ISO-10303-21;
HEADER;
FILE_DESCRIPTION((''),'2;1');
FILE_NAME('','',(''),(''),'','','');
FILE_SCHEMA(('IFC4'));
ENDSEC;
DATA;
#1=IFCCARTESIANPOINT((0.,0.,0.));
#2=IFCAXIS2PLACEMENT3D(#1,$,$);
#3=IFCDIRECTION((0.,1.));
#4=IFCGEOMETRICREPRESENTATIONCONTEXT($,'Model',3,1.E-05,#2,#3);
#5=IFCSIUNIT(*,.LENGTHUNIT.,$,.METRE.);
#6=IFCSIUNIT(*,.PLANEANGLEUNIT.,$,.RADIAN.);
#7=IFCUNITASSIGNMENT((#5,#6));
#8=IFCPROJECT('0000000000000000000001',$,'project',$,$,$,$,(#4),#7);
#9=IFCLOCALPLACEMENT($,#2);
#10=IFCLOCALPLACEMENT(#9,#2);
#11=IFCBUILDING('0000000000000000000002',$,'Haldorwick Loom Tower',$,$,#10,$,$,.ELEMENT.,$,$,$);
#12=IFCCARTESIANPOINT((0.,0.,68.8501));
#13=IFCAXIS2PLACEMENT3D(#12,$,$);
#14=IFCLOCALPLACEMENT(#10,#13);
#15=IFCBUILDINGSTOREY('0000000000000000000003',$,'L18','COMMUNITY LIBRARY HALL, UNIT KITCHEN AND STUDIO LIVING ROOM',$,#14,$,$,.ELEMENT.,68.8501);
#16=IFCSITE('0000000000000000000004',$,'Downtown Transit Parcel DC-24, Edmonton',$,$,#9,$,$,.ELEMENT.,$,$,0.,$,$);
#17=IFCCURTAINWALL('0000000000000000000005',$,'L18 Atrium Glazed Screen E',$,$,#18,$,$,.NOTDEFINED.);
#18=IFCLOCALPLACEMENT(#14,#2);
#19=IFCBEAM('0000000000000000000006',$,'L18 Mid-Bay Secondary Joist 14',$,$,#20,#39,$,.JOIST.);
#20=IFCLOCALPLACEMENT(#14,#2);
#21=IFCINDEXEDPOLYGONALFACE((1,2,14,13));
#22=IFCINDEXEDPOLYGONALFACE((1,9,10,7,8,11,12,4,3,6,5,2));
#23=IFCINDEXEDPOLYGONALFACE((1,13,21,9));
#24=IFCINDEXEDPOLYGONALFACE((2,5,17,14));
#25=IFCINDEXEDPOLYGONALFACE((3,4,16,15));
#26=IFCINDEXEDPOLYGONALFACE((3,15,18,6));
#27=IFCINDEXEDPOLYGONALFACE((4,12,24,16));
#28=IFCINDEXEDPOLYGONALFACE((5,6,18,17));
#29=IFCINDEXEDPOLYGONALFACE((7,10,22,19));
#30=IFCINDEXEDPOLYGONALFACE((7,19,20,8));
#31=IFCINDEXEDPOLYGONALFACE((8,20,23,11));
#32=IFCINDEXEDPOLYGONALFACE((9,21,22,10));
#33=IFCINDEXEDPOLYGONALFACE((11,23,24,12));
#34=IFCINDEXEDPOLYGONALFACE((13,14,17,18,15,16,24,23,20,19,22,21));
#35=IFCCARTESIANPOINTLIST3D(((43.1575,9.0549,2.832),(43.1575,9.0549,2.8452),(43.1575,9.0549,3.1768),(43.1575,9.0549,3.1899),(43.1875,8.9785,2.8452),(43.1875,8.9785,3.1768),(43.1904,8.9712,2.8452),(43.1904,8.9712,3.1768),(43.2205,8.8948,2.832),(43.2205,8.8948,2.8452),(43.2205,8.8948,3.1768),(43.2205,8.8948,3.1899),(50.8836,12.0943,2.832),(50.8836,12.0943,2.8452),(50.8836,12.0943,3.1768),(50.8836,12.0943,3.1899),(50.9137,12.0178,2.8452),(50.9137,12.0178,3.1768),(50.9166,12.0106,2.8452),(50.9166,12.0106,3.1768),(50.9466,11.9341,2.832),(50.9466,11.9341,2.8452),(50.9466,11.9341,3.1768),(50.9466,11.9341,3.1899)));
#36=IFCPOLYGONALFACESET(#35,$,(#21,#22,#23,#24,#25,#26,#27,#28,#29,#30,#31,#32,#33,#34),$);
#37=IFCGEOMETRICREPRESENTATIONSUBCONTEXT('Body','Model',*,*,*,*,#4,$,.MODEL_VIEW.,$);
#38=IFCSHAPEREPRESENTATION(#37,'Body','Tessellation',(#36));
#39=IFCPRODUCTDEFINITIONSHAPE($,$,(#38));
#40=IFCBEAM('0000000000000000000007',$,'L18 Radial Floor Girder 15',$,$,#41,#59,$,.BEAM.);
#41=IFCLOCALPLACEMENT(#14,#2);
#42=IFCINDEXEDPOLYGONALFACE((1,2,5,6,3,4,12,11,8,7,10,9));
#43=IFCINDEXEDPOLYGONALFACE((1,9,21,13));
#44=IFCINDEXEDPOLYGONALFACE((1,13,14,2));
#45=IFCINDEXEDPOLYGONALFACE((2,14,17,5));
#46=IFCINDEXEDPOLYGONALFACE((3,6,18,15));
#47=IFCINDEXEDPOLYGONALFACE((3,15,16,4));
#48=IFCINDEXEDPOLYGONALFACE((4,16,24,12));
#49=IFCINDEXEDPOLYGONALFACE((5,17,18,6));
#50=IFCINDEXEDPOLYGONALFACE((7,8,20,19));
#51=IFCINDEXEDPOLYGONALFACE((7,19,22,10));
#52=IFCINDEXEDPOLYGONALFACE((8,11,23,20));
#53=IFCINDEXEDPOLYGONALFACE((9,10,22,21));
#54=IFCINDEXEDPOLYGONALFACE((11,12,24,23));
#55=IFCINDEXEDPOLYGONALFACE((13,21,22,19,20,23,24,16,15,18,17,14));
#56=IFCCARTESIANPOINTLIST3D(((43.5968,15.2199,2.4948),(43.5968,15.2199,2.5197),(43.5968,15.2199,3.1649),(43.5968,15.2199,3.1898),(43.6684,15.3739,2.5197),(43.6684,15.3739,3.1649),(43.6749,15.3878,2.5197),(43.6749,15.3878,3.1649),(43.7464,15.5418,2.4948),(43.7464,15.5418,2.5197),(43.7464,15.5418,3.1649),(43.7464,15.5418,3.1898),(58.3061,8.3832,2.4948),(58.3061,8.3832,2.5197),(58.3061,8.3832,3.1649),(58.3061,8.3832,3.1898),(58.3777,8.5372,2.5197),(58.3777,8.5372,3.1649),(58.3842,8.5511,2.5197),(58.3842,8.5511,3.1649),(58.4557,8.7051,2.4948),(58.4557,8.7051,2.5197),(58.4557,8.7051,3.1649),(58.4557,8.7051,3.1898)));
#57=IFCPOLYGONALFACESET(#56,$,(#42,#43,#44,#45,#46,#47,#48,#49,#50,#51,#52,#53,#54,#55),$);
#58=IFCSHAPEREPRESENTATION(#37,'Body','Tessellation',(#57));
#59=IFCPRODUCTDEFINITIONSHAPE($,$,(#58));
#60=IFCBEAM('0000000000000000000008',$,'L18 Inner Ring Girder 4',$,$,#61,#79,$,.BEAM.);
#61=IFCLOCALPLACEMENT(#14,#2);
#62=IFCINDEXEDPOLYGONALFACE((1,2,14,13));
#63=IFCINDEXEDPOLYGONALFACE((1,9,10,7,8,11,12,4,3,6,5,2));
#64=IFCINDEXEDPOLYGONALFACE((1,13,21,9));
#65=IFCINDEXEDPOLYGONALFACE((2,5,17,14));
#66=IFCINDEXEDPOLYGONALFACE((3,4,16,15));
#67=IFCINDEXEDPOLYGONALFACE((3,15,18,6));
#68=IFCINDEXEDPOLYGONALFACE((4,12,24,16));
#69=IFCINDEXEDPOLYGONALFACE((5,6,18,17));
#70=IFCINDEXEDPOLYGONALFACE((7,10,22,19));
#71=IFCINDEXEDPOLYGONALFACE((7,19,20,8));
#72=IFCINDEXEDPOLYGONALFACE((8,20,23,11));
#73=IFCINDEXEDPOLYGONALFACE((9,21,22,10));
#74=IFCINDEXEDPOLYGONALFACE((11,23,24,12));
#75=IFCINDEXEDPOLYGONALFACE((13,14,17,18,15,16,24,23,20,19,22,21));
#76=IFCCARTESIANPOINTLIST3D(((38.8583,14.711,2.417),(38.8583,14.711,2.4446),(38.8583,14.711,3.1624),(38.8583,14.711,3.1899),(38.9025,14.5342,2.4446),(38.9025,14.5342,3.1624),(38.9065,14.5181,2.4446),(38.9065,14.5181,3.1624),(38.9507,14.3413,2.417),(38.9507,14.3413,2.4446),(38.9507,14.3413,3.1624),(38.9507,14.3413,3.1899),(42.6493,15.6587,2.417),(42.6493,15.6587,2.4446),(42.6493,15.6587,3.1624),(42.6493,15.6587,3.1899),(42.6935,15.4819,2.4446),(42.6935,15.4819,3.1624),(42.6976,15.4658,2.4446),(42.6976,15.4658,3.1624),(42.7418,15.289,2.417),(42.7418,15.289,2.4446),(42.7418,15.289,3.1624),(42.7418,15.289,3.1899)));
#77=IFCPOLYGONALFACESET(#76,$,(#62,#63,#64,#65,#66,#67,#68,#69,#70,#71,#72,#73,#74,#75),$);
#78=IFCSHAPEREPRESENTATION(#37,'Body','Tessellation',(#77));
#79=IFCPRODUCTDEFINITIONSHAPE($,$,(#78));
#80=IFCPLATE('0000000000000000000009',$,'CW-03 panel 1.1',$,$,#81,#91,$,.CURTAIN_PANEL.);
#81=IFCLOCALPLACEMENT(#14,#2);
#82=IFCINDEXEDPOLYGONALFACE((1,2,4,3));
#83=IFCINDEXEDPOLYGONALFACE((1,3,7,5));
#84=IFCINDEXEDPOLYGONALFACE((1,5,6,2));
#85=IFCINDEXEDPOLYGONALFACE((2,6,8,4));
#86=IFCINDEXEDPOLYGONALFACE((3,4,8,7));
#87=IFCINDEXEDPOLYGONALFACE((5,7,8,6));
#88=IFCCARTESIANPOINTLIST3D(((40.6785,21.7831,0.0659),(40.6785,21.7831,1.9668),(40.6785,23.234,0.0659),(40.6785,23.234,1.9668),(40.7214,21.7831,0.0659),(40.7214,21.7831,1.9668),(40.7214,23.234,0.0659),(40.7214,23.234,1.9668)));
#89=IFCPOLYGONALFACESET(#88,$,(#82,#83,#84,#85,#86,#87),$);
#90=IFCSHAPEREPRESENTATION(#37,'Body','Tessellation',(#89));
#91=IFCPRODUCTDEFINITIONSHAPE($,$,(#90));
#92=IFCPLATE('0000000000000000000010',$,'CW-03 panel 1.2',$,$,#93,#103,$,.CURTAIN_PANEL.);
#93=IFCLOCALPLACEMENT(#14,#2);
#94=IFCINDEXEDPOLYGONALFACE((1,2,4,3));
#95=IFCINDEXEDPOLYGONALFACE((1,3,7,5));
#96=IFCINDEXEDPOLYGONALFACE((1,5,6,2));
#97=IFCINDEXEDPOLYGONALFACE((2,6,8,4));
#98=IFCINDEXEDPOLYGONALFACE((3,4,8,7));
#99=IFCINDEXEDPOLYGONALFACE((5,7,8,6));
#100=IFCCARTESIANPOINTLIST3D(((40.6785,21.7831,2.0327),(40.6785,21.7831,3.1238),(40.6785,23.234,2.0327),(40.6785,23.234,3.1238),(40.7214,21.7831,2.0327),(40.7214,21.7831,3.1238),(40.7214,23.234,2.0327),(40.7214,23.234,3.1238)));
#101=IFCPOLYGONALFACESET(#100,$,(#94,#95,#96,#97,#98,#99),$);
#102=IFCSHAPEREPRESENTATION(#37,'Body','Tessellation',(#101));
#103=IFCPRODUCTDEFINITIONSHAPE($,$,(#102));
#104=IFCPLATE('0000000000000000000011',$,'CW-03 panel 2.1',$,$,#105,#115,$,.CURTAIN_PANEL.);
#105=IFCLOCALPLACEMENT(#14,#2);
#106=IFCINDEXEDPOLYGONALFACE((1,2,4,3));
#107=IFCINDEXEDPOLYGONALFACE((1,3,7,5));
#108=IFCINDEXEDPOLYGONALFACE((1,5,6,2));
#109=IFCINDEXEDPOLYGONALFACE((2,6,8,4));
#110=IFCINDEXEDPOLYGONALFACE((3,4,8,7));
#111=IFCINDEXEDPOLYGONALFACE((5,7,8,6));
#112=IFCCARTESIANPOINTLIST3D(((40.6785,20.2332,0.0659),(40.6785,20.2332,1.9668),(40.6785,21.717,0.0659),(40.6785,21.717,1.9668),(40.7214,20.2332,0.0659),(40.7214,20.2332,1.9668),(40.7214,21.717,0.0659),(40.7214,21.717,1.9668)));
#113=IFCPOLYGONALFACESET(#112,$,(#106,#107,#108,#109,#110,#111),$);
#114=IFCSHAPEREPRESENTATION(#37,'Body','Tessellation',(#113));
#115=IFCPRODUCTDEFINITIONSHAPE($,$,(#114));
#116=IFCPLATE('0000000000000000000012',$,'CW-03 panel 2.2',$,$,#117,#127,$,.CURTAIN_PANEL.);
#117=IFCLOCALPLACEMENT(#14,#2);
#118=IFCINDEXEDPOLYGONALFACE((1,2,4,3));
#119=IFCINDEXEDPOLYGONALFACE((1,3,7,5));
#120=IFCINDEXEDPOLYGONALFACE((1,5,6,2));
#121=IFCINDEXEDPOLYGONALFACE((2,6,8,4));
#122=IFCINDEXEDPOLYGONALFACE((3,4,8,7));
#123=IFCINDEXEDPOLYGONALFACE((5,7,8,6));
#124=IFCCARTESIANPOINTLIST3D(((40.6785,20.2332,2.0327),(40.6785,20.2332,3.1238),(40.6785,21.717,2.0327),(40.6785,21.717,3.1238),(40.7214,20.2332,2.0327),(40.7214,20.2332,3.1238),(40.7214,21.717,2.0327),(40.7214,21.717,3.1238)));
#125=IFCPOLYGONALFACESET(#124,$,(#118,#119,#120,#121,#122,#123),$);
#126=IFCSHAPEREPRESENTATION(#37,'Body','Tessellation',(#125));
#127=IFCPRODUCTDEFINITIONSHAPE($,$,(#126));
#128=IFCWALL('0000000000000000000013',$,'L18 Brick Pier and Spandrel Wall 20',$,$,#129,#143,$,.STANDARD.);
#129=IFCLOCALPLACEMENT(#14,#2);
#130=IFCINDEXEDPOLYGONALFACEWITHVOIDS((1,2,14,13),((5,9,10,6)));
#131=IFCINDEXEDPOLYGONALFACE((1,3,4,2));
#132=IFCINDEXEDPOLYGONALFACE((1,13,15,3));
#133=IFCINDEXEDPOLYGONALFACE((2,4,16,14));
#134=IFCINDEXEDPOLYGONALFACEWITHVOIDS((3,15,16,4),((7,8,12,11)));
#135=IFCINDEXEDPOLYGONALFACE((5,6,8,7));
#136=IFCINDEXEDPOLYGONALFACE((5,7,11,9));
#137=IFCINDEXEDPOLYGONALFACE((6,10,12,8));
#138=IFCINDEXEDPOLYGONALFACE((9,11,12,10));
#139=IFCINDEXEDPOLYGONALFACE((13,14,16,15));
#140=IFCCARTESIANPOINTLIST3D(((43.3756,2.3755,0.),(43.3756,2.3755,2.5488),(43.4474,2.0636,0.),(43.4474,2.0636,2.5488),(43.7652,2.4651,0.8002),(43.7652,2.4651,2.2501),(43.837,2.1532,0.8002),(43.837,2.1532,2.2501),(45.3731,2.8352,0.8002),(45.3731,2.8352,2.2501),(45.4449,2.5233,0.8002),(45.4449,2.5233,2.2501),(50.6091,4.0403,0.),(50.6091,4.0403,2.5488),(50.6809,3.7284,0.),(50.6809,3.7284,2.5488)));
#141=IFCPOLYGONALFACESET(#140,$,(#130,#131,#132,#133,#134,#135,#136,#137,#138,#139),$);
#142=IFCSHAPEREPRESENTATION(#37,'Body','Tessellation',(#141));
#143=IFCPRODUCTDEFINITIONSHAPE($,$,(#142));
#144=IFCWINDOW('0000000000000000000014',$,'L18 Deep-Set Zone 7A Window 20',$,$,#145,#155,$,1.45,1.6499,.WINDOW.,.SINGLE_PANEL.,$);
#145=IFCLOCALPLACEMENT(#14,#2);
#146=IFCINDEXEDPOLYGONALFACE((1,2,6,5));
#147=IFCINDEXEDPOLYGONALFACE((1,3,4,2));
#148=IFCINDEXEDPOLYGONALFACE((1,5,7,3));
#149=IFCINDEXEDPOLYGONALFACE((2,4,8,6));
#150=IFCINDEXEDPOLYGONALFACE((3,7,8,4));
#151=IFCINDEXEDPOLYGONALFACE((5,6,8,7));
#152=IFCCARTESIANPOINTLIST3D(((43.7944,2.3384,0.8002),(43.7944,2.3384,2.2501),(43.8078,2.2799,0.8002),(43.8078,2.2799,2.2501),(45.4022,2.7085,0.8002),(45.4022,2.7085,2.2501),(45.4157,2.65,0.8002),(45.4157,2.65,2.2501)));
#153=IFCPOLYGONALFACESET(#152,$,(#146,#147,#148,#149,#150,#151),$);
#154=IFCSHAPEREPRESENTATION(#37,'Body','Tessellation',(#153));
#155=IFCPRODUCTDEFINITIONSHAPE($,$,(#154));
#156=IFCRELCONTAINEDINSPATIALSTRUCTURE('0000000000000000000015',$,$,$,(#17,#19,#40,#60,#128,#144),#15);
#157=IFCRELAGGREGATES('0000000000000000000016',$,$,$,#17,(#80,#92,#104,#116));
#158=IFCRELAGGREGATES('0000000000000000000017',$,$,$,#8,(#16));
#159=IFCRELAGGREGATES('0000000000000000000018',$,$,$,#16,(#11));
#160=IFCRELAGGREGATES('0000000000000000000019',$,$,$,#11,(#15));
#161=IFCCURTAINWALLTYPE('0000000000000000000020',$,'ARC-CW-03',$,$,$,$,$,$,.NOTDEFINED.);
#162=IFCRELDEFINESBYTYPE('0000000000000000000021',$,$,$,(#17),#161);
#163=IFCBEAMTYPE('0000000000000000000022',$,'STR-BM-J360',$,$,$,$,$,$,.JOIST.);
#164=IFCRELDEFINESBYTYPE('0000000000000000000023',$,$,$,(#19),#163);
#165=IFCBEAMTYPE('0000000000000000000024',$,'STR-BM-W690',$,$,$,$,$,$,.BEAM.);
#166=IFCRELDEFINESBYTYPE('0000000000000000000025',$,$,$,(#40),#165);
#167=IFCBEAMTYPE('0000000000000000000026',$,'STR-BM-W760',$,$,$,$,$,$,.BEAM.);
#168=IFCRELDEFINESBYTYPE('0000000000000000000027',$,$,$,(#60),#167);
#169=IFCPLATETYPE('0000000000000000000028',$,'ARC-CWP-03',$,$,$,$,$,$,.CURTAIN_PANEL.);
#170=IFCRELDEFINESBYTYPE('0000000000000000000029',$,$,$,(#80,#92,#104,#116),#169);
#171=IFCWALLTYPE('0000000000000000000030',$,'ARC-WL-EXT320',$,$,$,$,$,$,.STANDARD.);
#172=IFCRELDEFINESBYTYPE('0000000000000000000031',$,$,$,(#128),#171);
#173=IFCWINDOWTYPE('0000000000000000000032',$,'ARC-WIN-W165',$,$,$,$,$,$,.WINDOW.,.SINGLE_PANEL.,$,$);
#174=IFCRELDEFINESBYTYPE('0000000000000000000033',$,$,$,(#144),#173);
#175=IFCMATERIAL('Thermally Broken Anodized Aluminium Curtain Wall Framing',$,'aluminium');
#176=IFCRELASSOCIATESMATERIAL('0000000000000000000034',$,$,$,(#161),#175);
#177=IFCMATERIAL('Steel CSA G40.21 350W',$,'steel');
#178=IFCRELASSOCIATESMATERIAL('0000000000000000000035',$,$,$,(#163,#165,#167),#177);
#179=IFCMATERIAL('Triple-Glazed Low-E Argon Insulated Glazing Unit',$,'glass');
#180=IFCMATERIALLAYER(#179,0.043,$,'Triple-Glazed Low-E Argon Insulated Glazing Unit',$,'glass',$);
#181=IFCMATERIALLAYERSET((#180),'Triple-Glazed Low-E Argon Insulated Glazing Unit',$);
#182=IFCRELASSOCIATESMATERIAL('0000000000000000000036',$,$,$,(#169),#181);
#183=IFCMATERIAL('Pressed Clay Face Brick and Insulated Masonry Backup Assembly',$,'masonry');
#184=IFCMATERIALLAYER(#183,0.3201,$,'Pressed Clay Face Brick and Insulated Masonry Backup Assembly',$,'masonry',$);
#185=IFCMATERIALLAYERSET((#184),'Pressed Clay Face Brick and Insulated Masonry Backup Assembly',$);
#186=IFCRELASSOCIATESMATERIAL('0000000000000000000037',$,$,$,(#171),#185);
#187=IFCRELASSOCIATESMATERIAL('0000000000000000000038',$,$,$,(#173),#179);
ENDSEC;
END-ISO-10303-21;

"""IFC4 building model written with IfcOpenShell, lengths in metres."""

from ifc_helpers import new_model, si_unit, direction, frame, frame_2d, origin, origin_2d, place, context, subcontext, project, spatial, rectangle, i_section, extrude, material, layer, layer_set, material_profile, profile_set, type_object, element, fill, aggregate, save


model = new_model("IFC4")

# Units and contexts
model_context = context("Model", 3, precision=1e-05, world=origin(), true_north=direction((0.0, 1.0)))
body_context = subcontext(model_context, "Body", "Model", "MODEL_VIEW")
ifc_project = project(units=[si_unit("LENGTHUNIT", "METRE"), si_unit("PLANEANGLEUNIT", "RADIAN")], contexts=[model_context])

# Site, building, storey
site_placement = place(None, origin())
site = spatial("IfcSite", under=ifc_project, at=site_placement, Name="Downtown Transit Parcel DC-24, Edmonton", CompositionType="ELEMENT", RefElevation=0.0)
building_placement = place(site_placement, origin())
building = spatial("IfcBuilding", under=site, at=building_placement, Name="Haldorwick Loom Tower", CompositionType="ELEMENT")
storey_placement = place(building_placement, frame((0.0, 0.0, 68.8501)))
storey = spatial("IfcBuildingStorey", under=building, at=storey_placement, Name="L18", Description="COMMUNITY LIBRARY HALL, UNIT KITCHEN AND STUDIO LIVING ROOM", CompositionType="ELEMENT", Elevation=68.8501)

# Curtain wall
ifc_material_1 = material(Name="Thermally Broken Anodized Aluminium Curtain Wall Framing", Category="aluminium")
curtain_wall_type = type_object("IfcCurtainWallType", Name="ARC-CW-03", PredefinedType="NOTDEFINED", material=ifc_material_1)
curtain_wall_placement = place(storey_placement, origin())
curtain_wall = element("IfcCurtainWall", 1, at=curtain_wall_placement, inside=storey, type_object=curtain_wall_type, Name="L18 Atrium Glazed Screen E", PredefinedType="NOTDEFINED")

# Beams
ifc_material_2 = material(Name="Steel CSA G40.21 350W", Category="steel")
ifc_material_profile_1 = material_profile(ifc_material_2, i_section(OverallWidth=0.1721, OverallDepth=0.3579, WebThickness=0.0078, FlangeThickness=0.0132, at=origin_2d()), Name="W360X57", Category="steel")
ifc_profile_set_1 = profile_set([ifc_material_profile_1], Name="Steel CSA G40.21 350W")
beam_type_1 = type_object("IfcBeamType", Name="STR-BM-J360", PredefinedType="JOIST", material=ifc_profile_set_1)
beam_1_placement = place(storey_placement, frame((43.189, 8.9749, 3.011), z_axis=(0.930585, 0.366076, 0.0), x_axis=(-0.366076, 0.930585, 0.0)))
element("IfcBeam", 2, at=beam_1_placement, inside=storey, type_object=beam_type_1, Name="L18 Mid-Bay Secondary Joist 14", PredefinedType="JOIST", context=body_context, shape_type="SweptSolid", body=[
    extrude(i_section(OverallWidth=0.1721, OverallDepth=0.3579, WebThickness=0.0078, FlangeThickness=0.0132, at=origin_2d()), origin(), (0.0, 0.0, 1.0), 8.3025),
])
ifc_material_profile_2 = material_profile(ifc_material_2, i_section(OverallWidth=0.355, OverallDepth=0.6951, WebThickness=0.0154, FlangeThickness=0.0249, at=origin_2d()), Name="W690X217", Category="steel")
ifc_profile_set_2 = profile_set([ifc_material_profile_2], Name="Steel CSA G40.21 350W")
beam_type_2 = type_object("IfcBeamType", Name="STR-BM-W690", PredefinedType="BEAM", material=ifc_profile_set_2)
beam_2_placement = place(storey_placement, frame((43.6716, 15.3809, 2.8423), z_axis=(0.906835, -0.421486, 0.0), x_axis=(0.421486, 0.906835, 0.0)))
element("IfcBeam", 3, at=beam_2_placement, inside=storey, type_object=beam_type_2, Name="L18 Radial Floor Girder 15", PredefinedType="BEAM", context=body_context, shape_type="SweptSolid", body=[
    extrude(i_section(OverallWidth=0.355, OverallDepth=0.6951, WebThickness=0.0154, FlangeThickness=0.0249, at=origin_2d()), origin(), (0.0, 0.0, 1.0), 16.2205),
])
ifc_material_profile_3 = material_profile(ifc_material_2, i_section(OverallWidth=0.3811, OverallDepth=0.7729, WebThickness=0.0166, FlangeThickness=0.0276, at=origin_2d()), Name="W760X257", Category="steel")
ifc_profile_set_3 = profile_set([ifc_material_profile_3], Name="Steel CSA G40.21 350W")
beam_type_3 = type_object("IfcBeamType", Name="STR-BM-W760", PredefinedType="BEAM", material=ifc_profile_set_3)
beam_3_placement = place(storey_placement, frame((42.6956, 15.4739, 2.8035), z_axis=(-0.970143, -0.242536, 0.0), x_axis=(0.242536, -0.970143, 0.0)))
element("IfcBeam", 4, at=beam_3_placement, inside=storey, type_object=beam_type_3, Name="L18 Inner Ring Girder 4", PredefinedType="BEAM", context=body_context, shape_type="SweptSolid", body=[
    extrude(i_section(OverallWidth=0.3811, OverallDepth=0.7729, WebThickness=0.0166, FlangeThickness=0.0276, at=origin_2d()), origin(), (0.0, 0.0, 1.0), 3.9077),
])

# Plates
ifc_material_3 = material(Name="Triple-Glazed Low-E Argon Insulated Glazing Unit", Category="glass")
ifc_layer_1 = layer(ifc_material_3, 0.043, Name="Triple-Glazed Low-E Argon Insulated Glazing Unit", Category="glass")
ifc_layer_set_1 = layer_set([ifc_layer_1], Name="Triple-Glazed Low-E Argon Insulated Glazing Unit")
plate_type = type_object("IfcPlateType", Name="ARC-CWP-03", PredefinedType="CURTAIN_PANEL", material=ifc_layer_set_1)
plate_1_placement = place(storey_placement, frame((40.7, 22.5085, 0.0659), z_axis=(0.0, 0.0, 1.0), x_axis=(0.0, -1.0, 0.0)))
plate_1 = element("IfcPlate", 5, at=plate_1_placement, type_object=plate_type, Name="CW-03 panel 1.1", PredefinedType="CURTAIN_PANEL", context=body_context, shape_type="SweptSolid", body=[
    extrude(rectangle(XDim=1.4509, YDim=0.043, at=origin_2d()), origin(), (0.0, 0.0, 1.0), 1.9009),
])
plate_2_placement = place(storey_placement, frame((40.7, 22.5085, 2.0327), z_axis=(0.0, 0.0, 1.0), x_axis=(0.0, -1.0, 0.0)))
plate_2 = element("IfcPlate", 6, at=plate_2_placement, type_object=plate_type, Name="CW-03 panel 1.2", PredefinedType="CURTAIN_PANEL", context=body_context, shape_type="SweptSolid", body=[
    extrude(rectangle(XDim=1.4509, YDim=0.043, at=origin_2d()), origin(), (0.0, 0.0, 1.0), 1.0911),
])
plate_3_placement = place(storey_placement, frame((40.7, 20.9751, 0.0659), z_axis=(0.0, 0.0, 1.0), x_axis=(0.0, -1.0, 0.0)))
plate_3 = element("IfcPlate", 7, at=plate_3_placement, type_object=plate_type, Name="CW-03 panel 2.1", PredefinedType="CURTAIN_PANEL", context=body_context, shape_type="SweptSolid", body=[
    extrude(rectangle(XDim=1.4839, YDim=0.043, at=origin_2d()), origin(), (0.0, 0.0, 1.0), 1.9009),
])
plate_4_placement = place(storey_placement, frame((40.7, 20.9751, 2.0327), z_axis=(0.0, 0.0, 1.0), x_axis=(0.0, -1.0, 0.0)))
plate_4 = element("IfcPlate", 8, at=plate_4_placement, type_object=plate_type, Name="CW-03 panel 2.2", PredefinedType="CURTAIN_PANEL", context=body_context, shape_type="SweptSolid", body=[
    extrude(rectangle(XDim=1.4839, YDim=0.043, at=origin_2d()), origin(), (0.0, 0.0, 1.0), 1.0911),
])
aggregate(curtain_wall, [plate_1, plate_2, plate_3, plate_4])

# Wall, opening, window
ifc_material_4 = material(Name="Pressed Clay Face Brick and Insulated Masonry Backup Assembly", Category="masonry")
ifc_layer_2 = layer(ifc_material_4, 0.3201, Name="Pressed Clay Face Brick and Insulated Masonry Backup Assembly", Category="masonry")
ifc_layer_set_2 = layer_set([ifc_layer_2], Name="Pressed Clay Face Brick and Insulated Masonry Backup Assembly")
wall_type_1 = type_object("IfcWallType", Name="ARC-WL-EXT320", PredefinedType="STANDARD", material=ifc_layer_set_2)
wall_1_placement = place(storey_placement, frame((43.4114, 2.2195, 0.0), z_axis=(0.0, 0.0, 1.0), x_axis=(0.974522, 0.22429, 0.0)))
wall_1 = element("IfcWall", 9, at=wall_1_placement, inside=storey, type_object=wall_type_1, Name="L18 Brick Pier and Spandrel Wall 20", PredefinedType="STANDARD", context=body_context, shape_type="SweptSolid", body=[
    extrude(rectangle(XDim=7.4226, YDim=0.3201, at=frame_2d((3.7114, 0.0))), origin(), (0.0, 0.0, 1.0), 2.5488),
])
opening_1_placement = place(wall_1_placement, frame((0.3999, 0.0, 0.8)))
opening_1 = element("IfcOpeningElement", 10, at=opening_1_placement, cuts=wall_1, PredefinedType="OPENING", context=body_context, shape_type="SweptSolid", body=[
    extrude(rectangle(XDim=1.6499, YDim=1.45, at=frame_2d((0.825, 0.7251))), frame((0.0, 0.1699, 0.0), z_axis=(0.0, -1.0, 0.0), x_axis=(1.0, 0.0, 0.0)), (0.0, 0.0, 1.0), 0.3401),
])
window_type = type_object("IfcWindowType", Name="ARC-WIN-W165", PartitioningType="SINGLE_PANEL", PredefinedType="WINDOW", material=ifc_material_3)
window_placement = place(opening_1_placement, origin())
window = element("IfcWindow", 11, at=window_placement, inside=storey, type_object=window_type, Name="L18 Deep-Set Zone 7A Window 20", OverallHeight=1.45, OverallWidth=1.6499, PartitioningType="SINGLE_PANEL", PredefinedType="WINDOW", context=body_context, shape_type="SweptSolid", body=[
    extrude(rectangle(XDim=1.6499, YDim=1.45, at=frame_2d((0.825, 0.7251))), frame((0.0, 0.03, 0.0), z_axis=(0.0, -1.0, 0.0), x_axis=(1.0, 0.0, 0.0)), (0.0, 0.0, 1.0), 0.0601),
])
fill(opening_1, window)

save(model, "model.ifc")
